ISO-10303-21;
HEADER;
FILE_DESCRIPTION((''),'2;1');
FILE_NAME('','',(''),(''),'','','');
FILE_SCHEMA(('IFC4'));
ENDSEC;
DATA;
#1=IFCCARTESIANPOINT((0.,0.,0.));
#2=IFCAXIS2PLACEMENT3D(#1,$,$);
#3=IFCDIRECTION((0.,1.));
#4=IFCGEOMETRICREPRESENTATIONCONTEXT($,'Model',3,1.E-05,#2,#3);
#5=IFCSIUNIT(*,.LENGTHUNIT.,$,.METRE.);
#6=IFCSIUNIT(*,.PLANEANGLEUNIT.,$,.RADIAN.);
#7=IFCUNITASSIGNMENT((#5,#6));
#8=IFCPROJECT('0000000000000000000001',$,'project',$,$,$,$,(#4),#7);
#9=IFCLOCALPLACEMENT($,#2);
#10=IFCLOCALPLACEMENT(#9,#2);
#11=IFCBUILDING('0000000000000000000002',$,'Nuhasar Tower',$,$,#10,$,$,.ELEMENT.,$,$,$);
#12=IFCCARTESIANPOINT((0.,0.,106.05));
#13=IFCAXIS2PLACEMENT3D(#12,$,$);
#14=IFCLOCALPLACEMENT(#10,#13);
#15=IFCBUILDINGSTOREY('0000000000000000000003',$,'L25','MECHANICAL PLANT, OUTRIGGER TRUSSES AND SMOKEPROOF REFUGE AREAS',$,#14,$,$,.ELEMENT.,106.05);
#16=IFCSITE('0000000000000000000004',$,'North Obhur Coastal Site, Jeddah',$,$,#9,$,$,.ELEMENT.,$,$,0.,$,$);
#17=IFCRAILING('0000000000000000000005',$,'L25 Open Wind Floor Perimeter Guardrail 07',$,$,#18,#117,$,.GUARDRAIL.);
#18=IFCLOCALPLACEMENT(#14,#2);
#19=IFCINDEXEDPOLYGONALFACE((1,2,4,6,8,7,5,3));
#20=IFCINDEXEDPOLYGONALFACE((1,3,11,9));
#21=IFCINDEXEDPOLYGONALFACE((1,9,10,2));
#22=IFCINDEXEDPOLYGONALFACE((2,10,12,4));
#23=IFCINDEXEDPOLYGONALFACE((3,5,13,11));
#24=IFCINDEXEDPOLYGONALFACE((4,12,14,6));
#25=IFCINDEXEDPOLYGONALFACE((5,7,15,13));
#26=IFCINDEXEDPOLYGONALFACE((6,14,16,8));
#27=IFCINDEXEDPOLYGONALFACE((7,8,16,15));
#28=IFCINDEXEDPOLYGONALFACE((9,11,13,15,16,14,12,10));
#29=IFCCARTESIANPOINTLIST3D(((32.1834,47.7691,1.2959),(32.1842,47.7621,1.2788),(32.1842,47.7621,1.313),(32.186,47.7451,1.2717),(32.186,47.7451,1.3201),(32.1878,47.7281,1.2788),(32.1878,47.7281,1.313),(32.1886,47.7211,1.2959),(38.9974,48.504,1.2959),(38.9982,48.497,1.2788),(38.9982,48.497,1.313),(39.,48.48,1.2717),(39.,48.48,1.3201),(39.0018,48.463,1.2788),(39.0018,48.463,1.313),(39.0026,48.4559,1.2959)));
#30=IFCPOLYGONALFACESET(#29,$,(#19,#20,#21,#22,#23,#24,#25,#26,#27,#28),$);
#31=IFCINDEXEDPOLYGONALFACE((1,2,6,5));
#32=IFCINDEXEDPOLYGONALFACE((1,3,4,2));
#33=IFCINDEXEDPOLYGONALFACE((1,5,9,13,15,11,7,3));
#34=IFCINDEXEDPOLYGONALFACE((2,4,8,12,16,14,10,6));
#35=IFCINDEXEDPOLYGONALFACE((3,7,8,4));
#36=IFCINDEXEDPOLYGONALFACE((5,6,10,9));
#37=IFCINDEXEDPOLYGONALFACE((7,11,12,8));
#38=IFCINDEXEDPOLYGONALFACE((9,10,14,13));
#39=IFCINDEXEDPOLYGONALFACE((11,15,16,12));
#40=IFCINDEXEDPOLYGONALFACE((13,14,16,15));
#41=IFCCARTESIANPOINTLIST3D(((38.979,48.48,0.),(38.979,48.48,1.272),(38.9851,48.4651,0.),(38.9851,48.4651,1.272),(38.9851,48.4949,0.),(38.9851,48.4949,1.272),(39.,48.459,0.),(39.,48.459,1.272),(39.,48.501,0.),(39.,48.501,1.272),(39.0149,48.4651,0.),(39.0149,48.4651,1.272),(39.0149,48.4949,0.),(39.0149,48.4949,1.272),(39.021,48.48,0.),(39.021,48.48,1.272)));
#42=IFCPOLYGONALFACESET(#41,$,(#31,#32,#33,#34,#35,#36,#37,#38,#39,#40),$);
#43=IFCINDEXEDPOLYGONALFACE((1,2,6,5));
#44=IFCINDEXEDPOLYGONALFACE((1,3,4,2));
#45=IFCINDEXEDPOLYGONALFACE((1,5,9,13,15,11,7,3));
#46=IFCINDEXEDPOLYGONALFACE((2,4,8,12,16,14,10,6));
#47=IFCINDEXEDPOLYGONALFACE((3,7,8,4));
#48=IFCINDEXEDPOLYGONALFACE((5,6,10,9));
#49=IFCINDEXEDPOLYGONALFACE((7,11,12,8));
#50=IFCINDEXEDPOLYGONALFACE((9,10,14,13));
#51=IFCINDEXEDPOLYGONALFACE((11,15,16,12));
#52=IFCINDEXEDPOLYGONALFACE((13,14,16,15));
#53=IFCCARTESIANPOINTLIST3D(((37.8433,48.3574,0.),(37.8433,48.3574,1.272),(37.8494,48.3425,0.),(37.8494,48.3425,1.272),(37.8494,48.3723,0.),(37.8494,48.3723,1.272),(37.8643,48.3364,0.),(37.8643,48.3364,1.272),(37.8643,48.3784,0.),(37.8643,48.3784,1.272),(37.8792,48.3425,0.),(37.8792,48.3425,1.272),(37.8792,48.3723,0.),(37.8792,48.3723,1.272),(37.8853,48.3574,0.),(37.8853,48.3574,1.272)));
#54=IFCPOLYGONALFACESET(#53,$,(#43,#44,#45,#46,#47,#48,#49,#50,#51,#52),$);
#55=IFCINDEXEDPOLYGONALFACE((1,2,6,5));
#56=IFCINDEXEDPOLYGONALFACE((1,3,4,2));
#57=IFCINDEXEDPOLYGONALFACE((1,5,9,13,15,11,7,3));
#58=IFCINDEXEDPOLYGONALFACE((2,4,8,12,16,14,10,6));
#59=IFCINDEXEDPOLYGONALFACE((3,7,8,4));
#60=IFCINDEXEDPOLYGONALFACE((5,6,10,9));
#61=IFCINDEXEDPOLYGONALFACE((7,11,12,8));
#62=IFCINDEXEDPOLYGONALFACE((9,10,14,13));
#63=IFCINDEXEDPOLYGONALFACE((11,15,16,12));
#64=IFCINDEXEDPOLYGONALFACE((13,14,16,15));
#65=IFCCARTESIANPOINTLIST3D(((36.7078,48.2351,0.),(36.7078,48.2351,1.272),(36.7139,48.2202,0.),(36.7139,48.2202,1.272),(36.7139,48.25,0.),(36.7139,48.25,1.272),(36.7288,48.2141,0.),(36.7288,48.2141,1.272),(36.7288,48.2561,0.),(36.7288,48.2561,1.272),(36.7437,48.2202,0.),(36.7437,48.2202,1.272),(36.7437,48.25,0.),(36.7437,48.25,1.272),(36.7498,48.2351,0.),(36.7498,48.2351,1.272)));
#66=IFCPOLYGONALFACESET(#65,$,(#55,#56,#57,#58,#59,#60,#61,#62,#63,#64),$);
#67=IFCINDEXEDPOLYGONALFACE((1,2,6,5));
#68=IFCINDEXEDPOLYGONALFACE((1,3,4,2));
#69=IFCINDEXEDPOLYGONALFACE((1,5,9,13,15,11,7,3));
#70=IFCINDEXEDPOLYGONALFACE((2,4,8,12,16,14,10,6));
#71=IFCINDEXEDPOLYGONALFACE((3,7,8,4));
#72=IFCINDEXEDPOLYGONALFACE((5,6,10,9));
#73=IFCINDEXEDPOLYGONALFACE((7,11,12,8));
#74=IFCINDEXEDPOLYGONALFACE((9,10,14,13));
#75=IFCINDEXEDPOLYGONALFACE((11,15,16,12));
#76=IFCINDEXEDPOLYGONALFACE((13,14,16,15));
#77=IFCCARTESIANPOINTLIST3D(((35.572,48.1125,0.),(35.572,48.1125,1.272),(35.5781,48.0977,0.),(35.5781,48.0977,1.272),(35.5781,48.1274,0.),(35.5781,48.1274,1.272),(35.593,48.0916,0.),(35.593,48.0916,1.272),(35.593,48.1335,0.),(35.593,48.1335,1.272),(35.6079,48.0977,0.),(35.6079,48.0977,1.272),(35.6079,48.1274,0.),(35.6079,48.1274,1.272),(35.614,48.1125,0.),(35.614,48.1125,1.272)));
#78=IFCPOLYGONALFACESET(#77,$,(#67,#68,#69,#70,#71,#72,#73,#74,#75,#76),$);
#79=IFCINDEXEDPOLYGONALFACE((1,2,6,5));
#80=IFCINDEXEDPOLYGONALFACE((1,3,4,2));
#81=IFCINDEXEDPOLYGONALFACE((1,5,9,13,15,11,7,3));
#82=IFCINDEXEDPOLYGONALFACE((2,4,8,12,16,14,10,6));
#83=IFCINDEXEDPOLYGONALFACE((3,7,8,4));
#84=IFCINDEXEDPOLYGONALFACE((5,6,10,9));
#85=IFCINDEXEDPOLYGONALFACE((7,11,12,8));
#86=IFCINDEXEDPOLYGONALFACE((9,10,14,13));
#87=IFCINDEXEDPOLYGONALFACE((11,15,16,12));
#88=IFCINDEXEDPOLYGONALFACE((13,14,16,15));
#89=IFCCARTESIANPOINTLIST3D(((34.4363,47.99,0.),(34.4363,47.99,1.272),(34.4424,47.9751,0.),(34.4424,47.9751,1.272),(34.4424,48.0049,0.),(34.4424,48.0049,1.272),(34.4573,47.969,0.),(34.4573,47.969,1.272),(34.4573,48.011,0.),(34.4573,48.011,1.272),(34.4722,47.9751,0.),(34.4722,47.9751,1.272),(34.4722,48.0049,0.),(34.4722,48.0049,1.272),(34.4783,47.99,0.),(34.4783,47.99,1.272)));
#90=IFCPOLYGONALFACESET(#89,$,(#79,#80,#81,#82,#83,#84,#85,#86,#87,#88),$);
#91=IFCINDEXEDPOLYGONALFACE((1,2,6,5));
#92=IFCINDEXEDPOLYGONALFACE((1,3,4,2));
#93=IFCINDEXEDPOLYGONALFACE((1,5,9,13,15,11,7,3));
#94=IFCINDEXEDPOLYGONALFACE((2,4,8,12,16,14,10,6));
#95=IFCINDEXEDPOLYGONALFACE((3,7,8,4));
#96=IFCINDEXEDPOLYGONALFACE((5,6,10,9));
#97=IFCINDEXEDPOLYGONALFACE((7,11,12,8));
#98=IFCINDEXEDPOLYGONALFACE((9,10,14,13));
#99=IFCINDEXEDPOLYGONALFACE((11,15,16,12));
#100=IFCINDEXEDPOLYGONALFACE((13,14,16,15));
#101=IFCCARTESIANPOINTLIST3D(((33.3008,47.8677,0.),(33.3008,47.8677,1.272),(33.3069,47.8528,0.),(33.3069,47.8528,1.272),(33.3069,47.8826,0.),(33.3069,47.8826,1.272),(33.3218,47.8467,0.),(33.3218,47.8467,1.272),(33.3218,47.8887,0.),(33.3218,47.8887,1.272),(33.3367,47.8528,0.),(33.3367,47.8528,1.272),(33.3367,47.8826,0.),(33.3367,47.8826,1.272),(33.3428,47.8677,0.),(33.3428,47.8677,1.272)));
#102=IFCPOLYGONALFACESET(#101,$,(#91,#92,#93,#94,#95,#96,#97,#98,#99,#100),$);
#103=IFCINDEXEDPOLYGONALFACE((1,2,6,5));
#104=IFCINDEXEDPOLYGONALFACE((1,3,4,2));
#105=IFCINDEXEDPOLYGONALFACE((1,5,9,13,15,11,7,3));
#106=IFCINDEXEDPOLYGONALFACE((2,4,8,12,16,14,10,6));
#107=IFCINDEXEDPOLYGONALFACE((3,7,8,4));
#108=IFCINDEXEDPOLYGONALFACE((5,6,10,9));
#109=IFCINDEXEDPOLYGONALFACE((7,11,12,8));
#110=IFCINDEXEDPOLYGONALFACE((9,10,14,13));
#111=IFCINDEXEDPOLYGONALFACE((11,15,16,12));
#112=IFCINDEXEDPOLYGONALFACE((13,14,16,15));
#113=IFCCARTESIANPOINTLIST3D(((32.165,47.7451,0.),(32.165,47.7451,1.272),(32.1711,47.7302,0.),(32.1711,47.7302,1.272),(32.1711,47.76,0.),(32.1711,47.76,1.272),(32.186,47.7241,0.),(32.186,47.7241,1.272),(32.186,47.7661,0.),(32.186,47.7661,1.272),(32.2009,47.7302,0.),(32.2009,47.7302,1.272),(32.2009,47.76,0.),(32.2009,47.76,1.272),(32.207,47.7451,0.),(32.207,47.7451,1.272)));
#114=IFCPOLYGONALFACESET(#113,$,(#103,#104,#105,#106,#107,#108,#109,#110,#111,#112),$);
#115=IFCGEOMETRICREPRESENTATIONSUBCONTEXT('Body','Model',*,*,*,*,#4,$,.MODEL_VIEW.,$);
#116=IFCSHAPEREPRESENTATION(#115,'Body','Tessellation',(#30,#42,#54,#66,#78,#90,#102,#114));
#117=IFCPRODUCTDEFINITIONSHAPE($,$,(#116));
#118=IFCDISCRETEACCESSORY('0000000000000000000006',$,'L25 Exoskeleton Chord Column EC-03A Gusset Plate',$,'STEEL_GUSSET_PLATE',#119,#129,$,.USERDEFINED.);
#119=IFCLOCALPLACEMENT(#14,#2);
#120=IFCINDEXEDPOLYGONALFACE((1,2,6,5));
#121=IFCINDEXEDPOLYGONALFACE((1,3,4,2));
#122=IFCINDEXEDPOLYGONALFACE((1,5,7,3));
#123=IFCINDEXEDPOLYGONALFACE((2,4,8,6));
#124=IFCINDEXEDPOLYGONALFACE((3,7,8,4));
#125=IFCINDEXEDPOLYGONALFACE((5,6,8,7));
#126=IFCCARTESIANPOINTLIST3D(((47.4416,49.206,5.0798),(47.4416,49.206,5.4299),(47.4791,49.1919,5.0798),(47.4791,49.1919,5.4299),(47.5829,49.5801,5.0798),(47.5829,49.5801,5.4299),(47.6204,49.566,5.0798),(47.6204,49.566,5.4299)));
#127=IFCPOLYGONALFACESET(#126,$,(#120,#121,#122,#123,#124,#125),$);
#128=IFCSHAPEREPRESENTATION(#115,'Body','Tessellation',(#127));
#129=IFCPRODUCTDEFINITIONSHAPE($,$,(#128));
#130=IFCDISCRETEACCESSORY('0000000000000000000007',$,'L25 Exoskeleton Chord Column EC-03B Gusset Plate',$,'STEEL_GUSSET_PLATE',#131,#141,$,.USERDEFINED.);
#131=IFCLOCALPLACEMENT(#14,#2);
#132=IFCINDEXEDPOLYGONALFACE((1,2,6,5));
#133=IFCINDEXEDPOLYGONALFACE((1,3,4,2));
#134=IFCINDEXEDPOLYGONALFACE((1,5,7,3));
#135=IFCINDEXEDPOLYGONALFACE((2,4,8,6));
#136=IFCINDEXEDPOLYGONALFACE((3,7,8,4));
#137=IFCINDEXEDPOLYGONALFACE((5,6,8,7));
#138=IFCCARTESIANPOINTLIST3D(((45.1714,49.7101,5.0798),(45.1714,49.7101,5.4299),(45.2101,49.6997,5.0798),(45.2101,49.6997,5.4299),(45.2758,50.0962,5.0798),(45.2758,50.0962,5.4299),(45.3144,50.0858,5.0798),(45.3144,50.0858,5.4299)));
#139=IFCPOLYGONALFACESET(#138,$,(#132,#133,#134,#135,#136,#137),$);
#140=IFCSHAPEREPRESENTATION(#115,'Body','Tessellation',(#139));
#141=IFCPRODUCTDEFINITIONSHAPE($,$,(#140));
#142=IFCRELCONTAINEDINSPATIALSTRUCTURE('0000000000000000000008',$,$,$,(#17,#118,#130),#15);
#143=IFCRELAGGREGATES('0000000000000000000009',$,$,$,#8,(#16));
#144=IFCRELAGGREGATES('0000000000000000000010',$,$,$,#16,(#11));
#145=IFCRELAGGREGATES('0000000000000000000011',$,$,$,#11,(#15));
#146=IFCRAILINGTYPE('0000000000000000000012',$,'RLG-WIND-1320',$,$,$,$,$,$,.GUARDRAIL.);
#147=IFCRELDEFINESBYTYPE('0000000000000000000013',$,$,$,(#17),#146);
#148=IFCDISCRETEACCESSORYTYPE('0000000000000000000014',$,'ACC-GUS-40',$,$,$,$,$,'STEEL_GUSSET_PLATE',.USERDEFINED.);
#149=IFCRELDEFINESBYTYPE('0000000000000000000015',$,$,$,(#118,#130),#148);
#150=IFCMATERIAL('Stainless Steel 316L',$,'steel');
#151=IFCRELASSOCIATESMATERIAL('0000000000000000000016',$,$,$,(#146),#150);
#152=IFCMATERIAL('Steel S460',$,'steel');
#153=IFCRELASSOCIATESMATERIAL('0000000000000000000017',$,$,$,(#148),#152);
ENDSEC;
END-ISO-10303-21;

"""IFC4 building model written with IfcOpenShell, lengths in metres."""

from ifc_helpers import new_model, si_unit, direction, frame, origin, origin_2d, place, context, subcontext, project, spatial, polyline, rectangle, outline, extrude, material, type_object, element, save


model = new_model("IFC4")

# Units and contexts
model_context = context("Model", 3, precision=1e-05, world=origin(), true_north=direction((0.0, 1.0)))
body_context = subcontext(model_context, "Body", "Model", "MODEL_VIEW")
ifc_project = project(units=[si_unit("LENGTHUNIT", "METRE"), si_unit("PLANEANGLEUNIT", "RADIAN")], contexts=[model_context])

# Site, building, storey
site_placement = place(None, origin())
site = spatial("IfcSite", under=ifc_project, at=site_placement, Name="North Obhur Coastal Site, Jeddah", CompositionType="ELEMENT", RefElevation=0.0)
building_placement = place(site_placement, origin())
building = spatial("IfcBuilding", under=site, at=building_placement, Name="Nuhasar Tower", CompositionType="ELEMENT")
storey_placement = place(building_placement, frame((0.0, 0.0, 106.05)))
storey = spatial("IfcBuildingStorey", under=building, at=storey_placement, Name="L25", Description="MECHANICAL PLANT, OUTRIGGER TRUSSES AND SMOKEPROOF REFUGE AREAS", CompositionType="ELEMENT", Elevation=106.05)

# Shared definitions
ifc_material_1 = material(Name="Steel S460", Category="steel")

# Railing
ifc_material_2 = material(Name="Stainless Steel 316L", Category="steel")
railing_type = type_object("IfcRailingType", Name="RLG-WIND-1320", PredefinedType="GUARDRAIL", material=ifc_material_2)
railing_1_placement = place(storey_placement, frame((39.0, 48.48, 0.0)))
element("IfcRailing", 1, at=railing_1_placement, inside=storey, type_object=railing_type, Name="L25 Open Wind Floor Perimeter Guardrail 07", PredefinedType="GUARDRAIL", context=body_context, shape_type="SweptSolid", body=[
    extrude(outline(polyline([(0.0242, 0.0), (0.0171, 0.0171), (0.0, 0.0242), (-0.0171, 0.0171), (-0.0242, 0.0), (-0.0171, -0.0171), (0.0, -0.0242), (0.0171, -0.0171), (0.0242, 0.0)])), frame((0.0, 0.0, 1.2959), z_axis=(-0.994235, -0.107225, 0.0), x_axis=(0.107225, -0.994235, 0.0)), (0.0, 0.0, 1.0), 6.8535),
    extrude(outline(polyline([(0.021, 0.0), (0.0149, 0.0149), (0.0, 0.021), (-0.0149, 0.0149), (-0.021, 0.0), (-0.0149, -0.0149), (0.0, -0.021), (0.0149, -0.0149), (0.021, 0.0)])), origin(), (0.0, 0.0, 1.0), 1.272),
    extrude(outline(polyline([(0.021, 0.0), (0.0149, 0.0149), (0.0, 0.021), (-0.0149, 0.0149), (-0.021, 0.0), (-0.0149, -0.0149), (0.0, -0.021), (0.0149, -0.0149), (0.021, 0.0)])), frame((-1.1357, -0.1226, 0.0)), (0.0, 0.0, 1.0), 1.272),
    extrude(outline(polyline([(0.021, 0.0), (0.0149, 0.0149), (0.0, 0.021), (-0.0149, 0.0149), (-0.021, 0.0), (-0.0149, -0.0149), (0.0, -0.021), (0.0149, -0.0149), (0.021, 0.0)])), frame((-2.2712, -0.2449, 0.0)), (0.0, 0.0, 1.0), 1.272),
    extrude(outline(polyline([(0.021, 0.0), (0.0149, 0.0149), (0.0, 0.021), (-0.0149, 0.0149), (-0.021, 0.0), (-0.0149, -0.0149), (0.0, -0.021), (0.0149, -0.0149), (0.021, 0.0)])), frame((-3.407, -0.3674, 0.0)), (0.0, 0.0, 1.0), 1.272),
    extrude(outline(polyline([(0.021, 0.0), (0.0149, 0.0149), (0.0, 0.021), (-0.0149, 0.0149), (-0.021, 0.0), (-0.0149, -0.0149), (0.0, -0.021), (0.0149, -0.0149), (0.021, 0.0)])), frame((-4.5427, -0.49, 0.0)), (0.0, 0.0, 1.0), 1.272),
    extrude(outline(polyline([(0.021, 0.0), (0.0149, 0.0149), (0.0, 0.021), (-0.0149, 0.0149), (-0.021, 0.0), (-0.0149, -0.0149), (0.0, -0.021), (0.0149, -0.0149), (0.021, 0.0)])), frame((-5.6782, -0.6123, 0.0)), (0.0, 0.0, 1.0), 1.272),
    extrude(outline(polyline([(0.021, 0.0), (0.0149, 0.0149), (0.0, 0.021), (-0.0149, 0.0149), (-0.021, 0.0), (-0.0149, -0.0149), (0.0, -0.021), (0.0149, -0.0149), (0.021, 0.0)])), frame((-6.814, -0.7349, 0.0)), (0.0, 0.0, 1.0), 1.272),
])

# Discrete accessories
discrete_accessory_type = type_object("IfcDiscreteAccessoryType", Name="ACC-GUS-40", ElementType="STEEL_GUSSET_PLATE", PredefinedType="USERDEFINED", material=ifc_material_1)
for number, where, z_axis, x_axis, name in (
    (2, (47.531, 49.386, 5.0798), (0.0, 0.0, 1.0), (0.353344, 0.935493, 0.0), "L25 Exoskeleton Chord Column EC-03A Gusset Plate"),
    (3, (45.2429, 49.8979, 5.0798), (0.0, 0.0, 1.0), (0.260909, 0.965363, 0.0), "L25 Exoskeleton Chord Column EC-03B Gusset Plate"),
):
    element("IfcDiscreteAccessory", number, at=place(storey_placement, frame(where, z_axis=z_axis, x_axis=x_axis)), inside=storey, type_object=discrete_accessory_type, Name=name, ObjectType="STEEL_GUSSET_PLATE", PredefinedType="USERDEFINED", context=body_context, shape_type="SweptSolid", body=[
        extrude(rectangle(XDim=0.3999, YDim=0.04, at=origin_2d()), origin(), (0.0, 0.0, 1.0), 0.3501),
    ])

save(model, "model.ifc")
